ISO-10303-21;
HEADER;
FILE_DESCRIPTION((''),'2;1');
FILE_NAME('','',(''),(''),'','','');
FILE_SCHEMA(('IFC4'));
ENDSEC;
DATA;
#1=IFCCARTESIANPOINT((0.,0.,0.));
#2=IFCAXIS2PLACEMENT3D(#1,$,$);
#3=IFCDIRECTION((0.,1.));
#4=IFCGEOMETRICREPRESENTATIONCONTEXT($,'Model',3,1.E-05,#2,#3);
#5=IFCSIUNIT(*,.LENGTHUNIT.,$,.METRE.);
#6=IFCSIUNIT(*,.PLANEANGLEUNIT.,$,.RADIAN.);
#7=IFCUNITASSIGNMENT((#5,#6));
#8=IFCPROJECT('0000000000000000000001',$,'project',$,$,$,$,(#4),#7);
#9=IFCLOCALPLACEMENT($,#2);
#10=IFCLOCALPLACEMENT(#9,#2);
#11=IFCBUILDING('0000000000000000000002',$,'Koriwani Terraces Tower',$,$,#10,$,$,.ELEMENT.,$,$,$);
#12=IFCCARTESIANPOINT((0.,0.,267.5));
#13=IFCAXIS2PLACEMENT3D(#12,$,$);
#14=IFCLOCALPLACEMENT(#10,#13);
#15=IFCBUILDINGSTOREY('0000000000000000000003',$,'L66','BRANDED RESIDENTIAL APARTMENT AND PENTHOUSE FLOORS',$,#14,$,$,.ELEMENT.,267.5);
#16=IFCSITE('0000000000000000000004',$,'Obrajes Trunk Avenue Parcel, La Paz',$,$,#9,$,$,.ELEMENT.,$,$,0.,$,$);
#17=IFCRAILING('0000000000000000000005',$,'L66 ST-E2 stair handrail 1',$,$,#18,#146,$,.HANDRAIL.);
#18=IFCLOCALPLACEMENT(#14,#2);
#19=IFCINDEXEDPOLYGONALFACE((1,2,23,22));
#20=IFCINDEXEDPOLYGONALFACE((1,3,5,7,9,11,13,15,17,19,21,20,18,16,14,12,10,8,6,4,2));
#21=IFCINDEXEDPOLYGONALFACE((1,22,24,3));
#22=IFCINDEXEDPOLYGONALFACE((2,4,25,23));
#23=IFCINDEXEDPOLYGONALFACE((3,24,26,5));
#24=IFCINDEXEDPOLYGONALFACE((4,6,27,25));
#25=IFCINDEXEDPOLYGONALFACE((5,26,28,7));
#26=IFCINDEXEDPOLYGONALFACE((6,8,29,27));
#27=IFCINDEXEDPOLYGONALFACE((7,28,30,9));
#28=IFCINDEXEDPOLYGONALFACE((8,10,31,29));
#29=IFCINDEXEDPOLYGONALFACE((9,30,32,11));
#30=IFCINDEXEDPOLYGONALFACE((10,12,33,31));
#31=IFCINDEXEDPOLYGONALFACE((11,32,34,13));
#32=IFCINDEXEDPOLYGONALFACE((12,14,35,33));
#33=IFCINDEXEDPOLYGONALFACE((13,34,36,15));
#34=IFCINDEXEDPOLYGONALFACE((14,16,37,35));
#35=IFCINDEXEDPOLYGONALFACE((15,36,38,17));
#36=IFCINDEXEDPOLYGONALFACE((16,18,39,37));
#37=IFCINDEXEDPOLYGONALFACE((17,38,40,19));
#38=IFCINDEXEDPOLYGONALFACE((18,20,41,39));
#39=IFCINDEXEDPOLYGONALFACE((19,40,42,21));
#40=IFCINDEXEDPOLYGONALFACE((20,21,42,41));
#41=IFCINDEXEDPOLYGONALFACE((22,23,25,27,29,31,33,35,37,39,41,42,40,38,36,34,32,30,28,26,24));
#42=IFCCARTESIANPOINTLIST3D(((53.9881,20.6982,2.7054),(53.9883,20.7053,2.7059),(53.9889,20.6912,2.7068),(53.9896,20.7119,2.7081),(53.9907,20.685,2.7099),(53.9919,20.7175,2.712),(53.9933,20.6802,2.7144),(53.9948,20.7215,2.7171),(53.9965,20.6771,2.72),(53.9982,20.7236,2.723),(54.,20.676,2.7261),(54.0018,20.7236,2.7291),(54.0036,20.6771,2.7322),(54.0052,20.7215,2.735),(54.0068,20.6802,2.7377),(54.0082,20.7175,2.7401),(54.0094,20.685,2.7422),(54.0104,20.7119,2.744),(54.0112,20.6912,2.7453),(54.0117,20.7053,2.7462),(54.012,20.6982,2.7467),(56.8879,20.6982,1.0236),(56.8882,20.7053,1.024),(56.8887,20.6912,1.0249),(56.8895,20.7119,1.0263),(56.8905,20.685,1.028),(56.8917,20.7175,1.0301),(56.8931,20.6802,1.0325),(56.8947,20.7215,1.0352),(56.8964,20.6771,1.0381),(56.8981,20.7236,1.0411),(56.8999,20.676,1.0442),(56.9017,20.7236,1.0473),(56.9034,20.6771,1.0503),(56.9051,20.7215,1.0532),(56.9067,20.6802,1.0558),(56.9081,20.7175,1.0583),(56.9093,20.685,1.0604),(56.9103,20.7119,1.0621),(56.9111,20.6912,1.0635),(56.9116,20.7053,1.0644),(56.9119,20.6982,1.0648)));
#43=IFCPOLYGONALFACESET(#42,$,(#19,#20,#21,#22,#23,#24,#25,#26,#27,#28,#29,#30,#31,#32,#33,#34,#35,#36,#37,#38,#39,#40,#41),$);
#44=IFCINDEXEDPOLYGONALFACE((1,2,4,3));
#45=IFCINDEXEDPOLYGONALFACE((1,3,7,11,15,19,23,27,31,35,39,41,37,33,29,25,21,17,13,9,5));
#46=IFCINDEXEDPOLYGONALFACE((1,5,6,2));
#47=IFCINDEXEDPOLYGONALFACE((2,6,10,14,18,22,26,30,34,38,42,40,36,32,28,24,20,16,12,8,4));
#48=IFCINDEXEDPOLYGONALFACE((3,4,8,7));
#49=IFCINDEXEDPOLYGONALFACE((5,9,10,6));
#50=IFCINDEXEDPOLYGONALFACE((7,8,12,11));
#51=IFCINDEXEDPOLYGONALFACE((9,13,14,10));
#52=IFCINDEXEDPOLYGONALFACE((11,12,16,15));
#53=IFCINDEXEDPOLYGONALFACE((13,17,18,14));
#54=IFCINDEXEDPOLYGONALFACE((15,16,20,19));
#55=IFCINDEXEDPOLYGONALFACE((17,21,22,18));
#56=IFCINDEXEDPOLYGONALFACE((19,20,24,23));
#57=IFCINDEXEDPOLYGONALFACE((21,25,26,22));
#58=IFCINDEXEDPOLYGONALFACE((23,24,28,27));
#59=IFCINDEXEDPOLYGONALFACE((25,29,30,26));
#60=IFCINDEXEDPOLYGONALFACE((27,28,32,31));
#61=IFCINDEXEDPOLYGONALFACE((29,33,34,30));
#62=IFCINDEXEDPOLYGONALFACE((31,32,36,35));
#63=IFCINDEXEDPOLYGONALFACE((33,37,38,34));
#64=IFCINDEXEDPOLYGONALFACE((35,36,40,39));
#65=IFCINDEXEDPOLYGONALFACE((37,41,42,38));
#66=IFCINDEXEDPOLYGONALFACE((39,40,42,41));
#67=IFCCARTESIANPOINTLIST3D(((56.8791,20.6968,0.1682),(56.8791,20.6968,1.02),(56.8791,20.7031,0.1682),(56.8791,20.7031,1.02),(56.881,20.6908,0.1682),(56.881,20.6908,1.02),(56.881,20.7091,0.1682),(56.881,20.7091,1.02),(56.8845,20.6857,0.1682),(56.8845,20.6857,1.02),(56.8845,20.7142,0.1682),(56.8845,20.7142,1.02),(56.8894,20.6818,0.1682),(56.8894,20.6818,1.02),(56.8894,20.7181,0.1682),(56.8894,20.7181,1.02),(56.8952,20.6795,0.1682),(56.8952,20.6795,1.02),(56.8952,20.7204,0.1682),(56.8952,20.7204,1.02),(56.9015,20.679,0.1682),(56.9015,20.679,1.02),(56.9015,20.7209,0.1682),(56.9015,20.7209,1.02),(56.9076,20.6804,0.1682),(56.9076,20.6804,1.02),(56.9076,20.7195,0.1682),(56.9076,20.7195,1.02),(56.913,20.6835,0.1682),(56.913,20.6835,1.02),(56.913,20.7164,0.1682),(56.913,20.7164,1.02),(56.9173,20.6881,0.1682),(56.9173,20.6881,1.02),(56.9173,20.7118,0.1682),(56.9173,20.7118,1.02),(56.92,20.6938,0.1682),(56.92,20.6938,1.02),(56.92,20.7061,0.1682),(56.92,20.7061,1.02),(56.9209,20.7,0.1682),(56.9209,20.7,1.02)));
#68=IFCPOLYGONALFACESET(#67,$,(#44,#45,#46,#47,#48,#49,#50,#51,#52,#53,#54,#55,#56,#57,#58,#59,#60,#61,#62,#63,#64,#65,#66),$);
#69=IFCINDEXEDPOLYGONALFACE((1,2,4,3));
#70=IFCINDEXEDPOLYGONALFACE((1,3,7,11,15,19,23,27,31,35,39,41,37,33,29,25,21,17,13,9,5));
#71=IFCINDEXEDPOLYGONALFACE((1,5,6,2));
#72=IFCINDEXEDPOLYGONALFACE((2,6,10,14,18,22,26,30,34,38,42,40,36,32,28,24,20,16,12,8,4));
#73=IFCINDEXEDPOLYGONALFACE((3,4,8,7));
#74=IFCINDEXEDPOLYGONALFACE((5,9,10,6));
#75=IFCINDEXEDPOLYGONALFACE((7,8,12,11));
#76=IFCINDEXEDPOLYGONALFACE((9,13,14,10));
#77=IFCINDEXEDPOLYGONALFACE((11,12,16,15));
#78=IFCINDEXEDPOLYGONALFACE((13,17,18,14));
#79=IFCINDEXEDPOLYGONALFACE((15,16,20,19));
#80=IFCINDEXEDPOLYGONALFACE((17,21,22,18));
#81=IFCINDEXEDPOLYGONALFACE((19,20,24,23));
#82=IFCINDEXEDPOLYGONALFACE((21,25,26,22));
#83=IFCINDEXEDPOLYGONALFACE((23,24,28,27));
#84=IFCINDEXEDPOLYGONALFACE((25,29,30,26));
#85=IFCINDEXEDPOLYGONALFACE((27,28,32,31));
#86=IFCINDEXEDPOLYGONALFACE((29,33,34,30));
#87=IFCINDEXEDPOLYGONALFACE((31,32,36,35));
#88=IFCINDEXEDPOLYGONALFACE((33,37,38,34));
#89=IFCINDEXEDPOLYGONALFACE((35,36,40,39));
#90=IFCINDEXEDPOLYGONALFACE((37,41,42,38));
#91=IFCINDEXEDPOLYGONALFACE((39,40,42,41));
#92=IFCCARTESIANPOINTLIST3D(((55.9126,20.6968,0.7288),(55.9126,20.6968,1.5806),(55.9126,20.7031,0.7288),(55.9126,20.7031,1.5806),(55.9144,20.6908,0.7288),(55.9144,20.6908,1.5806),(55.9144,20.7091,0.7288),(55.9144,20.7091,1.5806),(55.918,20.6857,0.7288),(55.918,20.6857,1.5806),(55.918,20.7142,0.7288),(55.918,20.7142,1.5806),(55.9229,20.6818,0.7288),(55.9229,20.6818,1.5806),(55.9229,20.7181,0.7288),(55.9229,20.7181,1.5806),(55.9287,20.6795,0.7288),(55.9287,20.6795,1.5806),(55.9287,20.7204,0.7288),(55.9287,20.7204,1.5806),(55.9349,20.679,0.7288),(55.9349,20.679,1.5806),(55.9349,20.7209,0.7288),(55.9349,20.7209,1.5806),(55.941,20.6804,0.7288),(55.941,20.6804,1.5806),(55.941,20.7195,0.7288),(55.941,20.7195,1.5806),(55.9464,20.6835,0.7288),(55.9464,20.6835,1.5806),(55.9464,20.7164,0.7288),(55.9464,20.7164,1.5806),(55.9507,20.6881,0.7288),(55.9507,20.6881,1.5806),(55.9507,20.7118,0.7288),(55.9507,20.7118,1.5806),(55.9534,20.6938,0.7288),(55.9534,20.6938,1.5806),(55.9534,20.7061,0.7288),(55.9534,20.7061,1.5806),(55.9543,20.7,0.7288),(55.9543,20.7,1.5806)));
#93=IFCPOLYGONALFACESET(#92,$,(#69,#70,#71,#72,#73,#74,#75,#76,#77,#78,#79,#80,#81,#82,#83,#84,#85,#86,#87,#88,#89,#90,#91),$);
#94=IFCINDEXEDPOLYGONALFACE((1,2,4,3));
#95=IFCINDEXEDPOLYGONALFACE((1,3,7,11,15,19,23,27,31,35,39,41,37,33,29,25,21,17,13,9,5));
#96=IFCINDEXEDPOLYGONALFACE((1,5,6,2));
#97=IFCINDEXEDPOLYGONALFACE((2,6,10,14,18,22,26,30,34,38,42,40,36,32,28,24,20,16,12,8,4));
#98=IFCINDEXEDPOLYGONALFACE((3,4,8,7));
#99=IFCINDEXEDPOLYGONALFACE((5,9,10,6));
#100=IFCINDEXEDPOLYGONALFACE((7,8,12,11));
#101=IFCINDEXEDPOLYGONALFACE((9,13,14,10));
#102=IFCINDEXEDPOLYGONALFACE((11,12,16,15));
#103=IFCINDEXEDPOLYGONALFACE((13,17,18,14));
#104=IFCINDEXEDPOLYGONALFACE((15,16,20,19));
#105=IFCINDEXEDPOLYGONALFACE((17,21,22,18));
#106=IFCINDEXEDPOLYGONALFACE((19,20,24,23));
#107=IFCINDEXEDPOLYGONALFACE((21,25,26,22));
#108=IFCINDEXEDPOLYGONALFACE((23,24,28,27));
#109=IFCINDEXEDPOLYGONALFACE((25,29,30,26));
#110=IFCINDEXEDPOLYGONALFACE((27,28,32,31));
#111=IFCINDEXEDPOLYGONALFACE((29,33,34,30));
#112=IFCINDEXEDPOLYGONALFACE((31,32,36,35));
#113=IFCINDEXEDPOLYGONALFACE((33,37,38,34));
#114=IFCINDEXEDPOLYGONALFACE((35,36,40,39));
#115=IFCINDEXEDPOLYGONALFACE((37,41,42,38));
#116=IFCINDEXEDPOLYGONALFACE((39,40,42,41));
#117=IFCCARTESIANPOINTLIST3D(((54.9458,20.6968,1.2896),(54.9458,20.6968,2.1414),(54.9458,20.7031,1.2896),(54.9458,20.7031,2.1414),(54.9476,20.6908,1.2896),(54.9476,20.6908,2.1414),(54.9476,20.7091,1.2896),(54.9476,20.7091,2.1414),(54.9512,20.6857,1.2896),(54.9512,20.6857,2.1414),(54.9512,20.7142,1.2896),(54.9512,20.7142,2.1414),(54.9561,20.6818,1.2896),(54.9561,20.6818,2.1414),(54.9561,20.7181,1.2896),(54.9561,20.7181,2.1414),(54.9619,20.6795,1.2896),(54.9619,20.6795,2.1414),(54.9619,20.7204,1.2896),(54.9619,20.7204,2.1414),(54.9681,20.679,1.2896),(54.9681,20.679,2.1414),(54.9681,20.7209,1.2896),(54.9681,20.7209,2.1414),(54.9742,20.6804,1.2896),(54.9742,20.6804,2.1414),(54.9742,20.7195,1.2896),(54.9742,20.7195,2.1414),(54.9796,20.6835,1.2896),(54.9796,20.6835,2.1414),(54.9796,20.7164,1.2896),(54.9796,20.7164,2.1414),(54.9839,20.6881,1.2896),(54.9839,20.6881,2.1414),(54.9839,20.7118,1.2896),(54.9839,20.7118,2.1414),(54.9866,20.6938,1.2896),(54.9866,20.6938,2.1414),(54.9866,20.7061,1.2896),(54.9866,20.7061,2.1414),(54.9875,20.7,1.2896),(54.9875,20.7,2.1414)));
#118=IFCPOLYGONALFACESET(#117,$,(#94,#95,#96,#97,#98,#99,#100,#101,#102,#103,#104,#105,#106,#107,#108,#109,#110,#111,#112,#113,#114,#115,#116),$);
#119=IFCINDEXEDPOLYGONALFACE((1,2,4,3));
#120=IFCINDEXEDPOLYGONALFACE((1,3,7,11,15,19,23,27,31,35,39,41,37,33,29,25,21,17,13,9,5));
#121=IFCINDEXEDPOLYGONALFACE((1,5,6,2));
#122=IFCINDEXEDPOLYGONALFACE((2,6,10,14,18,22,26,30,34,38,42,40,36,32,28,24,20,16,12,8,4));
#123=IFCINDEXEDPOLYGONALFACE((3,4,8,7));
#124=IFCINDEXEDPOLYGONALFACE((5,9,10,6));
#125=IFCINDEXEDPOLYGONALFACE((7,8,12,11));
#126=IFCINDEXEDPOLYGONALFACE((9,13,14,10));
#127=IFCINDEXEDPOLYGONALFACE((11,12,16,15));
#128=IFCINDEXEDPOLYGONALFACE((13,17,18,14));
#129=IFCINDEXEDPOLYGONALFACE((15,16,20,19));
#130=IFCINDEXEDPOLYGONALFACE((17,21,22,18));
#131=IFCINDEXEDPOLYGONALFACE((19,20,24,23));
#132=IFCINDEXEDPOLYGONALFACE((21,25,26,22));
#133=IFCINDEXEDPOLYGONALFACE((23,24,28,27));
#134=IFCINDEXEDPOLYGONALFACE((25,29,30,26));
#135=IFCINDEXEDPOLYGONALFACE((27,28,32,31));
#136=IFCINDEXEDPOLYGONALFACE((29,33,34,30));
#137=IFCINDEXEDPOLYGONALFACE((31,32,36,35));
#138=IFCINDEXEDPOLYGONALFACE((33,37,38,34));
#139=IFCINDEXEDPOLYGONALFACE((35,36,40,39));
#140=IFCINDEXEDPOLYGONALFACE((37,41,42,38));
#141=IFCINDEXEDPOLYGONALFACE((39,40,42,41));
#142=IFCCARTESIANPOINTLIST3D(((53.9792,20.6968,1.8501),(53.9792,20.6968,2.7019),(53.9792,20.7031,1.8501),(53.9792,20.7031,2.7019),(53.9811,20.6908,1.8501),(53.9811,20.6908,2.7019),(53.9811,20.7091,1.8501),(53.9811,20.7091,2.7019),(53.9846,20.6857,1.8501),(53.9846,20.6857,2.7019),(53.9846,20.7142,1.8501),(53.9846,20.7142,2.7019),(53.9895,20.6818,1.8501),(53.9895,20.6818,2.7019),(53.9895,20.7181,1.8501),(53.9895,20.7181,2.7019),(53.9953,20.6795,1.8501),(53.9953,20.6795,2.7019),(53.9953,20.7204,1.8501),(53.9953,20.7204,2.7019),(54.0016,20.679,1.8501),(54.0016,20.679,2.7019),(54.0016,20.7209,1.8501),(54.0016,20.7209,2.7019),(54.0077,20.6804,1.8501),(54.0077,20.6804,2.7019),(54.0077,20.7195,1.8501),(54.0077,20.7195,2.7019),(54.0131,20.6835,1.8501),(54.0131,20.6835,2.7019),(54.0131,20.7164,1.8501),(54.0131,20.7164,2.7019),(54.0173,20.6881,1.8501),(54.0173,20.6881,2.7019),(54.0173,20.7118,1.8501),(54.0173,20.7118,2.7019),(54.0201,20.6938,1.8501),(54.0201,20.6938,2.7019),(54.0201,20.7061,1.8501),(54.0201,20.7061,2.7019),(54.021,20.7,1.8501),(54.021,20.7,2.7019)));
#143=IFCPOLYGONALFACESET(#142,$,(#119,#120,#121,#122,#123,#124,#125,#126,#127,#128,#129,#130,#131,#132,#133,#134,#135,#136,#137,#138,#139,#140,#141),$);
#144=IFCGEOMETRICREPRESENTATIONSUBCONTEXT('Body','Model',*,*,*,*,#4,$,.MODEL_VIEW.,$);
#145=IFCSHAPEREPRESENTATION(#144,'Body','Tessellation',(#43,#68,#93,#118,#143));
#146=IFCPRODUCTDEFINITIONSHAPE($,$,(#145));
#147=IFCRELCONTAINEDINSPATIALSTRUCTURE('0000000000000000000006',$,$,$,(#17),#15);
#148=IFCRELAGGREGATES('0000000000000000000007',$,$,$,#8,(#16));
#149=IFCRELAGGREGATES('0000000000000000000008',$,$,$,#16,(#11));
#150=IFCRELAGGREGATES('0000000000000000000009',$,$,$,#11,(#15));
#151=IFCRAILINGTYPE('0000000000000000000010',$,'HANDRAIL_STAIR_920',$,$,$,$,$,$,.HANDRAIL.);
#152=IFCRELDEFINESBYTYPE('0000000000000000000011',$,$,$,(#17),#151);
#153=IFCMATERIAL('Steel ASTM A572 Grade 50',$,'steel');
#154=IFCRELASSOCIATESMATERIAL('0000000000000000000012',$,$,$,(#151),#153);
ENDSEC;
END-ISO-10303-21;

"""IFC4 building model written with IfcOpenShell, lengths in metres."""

from ifc_helpers import new_model, si_unit, direction, frame, origin, origin_2d, place, context, subcontext, project, spatial, circle, extrude, material, type_object, element, save


model = new_model("IFC4")

# Units and contexts
model_context = context("Model", 3, precision=1e-05, world=origin(), true_north=direction((0.0, 1.0)))
body_context = subcontext(model_context, "Body", "Model", "MODEL_VIEW")
ifc_project = project(units=[si_unit("LENGTHUNIT", "METRE"), si_unit("PLANEANGLEUNIT", "RADIAN")], contexts=[model_context])

# Site, building, storey
site_placement = place(None, origin())
site = spatial("IfcSite", under=ifc_project, at=site_placement, Name="Obrajes Trunk Avenue Parcel, La Paz", CompositionType="ELEMENT", RefElevation=0.0)
building_placement = place(site_placement, origin())
building = spatial("IfcBuilding", under=site, at=building_placement, Name="Koriwani Terraces Tower", CompositionType="ELEMENT")
storey_placement = place(building_placement, frame((0.0, 0.0, 267.5)))
storey = spatial("IfcBuildingStorey", under=building, at=storey_placement, Name="L66", Description="BRANDED RESIDENTIAL APARTMENT AND PENTHOUSE FLOORS", CompositionType="ELEMENT", Elevation=267.5)

# Shared definitions
ifc_material_1 = material(Name="Steel ASTM A572 Grade 50", Category="steel")

# Railing
railing_type_1 = type_object("IfcRailingType", Name="HANDRAIL_STAIR_920", PredefinedType="HANDRAIL", material=ifc_material_1)
railing_1_placement = place(storey_placement, frame((56.8999, 20.7, 0.1682)))
element("IfcRailing", 1, at=railing_1_placement, inside=storey, type_object=railing_type_1, Name="L66 ST-E2 stair handrail 1", PredefinedType="HANDRAIL", context=body_context, shape_type="SweptSolid", body=[
    extrude(circle(Radius=0.0239, at=origin_2d()), frame((0.0, 0.0, 0.876), z_axis=(-0.865039, 0.0, 0.501705), x_axis=(0.0, -1.0, 0.0)), (0.0, 0.0, 1.0), 3.3523),
    extrude(circle(Radius=0.021, at=origin_2d()), origin(), (0.0, 0.0, 1.0), 0.8518),
    extrude(circle(Radius=0.021, at=origin_2d()), frame((-0.9666, 0.0, 0.5605)), (0.0, 0.0, 1.0), 0.8518),
    extrude(circle(Radius=0.021, at=origin_2d()), frame((-1.9333, 0.0, 1.1213)), (0.0, 0.0, 1.0), 0.8518),
    extrude(circle(Radius=0.021, at=origin_2d()), frame((-2.8999, 0.0, 1.6819)), (0.0, 0.0, 1.0), 0.8518),
])

save(model, "model.ifc")
